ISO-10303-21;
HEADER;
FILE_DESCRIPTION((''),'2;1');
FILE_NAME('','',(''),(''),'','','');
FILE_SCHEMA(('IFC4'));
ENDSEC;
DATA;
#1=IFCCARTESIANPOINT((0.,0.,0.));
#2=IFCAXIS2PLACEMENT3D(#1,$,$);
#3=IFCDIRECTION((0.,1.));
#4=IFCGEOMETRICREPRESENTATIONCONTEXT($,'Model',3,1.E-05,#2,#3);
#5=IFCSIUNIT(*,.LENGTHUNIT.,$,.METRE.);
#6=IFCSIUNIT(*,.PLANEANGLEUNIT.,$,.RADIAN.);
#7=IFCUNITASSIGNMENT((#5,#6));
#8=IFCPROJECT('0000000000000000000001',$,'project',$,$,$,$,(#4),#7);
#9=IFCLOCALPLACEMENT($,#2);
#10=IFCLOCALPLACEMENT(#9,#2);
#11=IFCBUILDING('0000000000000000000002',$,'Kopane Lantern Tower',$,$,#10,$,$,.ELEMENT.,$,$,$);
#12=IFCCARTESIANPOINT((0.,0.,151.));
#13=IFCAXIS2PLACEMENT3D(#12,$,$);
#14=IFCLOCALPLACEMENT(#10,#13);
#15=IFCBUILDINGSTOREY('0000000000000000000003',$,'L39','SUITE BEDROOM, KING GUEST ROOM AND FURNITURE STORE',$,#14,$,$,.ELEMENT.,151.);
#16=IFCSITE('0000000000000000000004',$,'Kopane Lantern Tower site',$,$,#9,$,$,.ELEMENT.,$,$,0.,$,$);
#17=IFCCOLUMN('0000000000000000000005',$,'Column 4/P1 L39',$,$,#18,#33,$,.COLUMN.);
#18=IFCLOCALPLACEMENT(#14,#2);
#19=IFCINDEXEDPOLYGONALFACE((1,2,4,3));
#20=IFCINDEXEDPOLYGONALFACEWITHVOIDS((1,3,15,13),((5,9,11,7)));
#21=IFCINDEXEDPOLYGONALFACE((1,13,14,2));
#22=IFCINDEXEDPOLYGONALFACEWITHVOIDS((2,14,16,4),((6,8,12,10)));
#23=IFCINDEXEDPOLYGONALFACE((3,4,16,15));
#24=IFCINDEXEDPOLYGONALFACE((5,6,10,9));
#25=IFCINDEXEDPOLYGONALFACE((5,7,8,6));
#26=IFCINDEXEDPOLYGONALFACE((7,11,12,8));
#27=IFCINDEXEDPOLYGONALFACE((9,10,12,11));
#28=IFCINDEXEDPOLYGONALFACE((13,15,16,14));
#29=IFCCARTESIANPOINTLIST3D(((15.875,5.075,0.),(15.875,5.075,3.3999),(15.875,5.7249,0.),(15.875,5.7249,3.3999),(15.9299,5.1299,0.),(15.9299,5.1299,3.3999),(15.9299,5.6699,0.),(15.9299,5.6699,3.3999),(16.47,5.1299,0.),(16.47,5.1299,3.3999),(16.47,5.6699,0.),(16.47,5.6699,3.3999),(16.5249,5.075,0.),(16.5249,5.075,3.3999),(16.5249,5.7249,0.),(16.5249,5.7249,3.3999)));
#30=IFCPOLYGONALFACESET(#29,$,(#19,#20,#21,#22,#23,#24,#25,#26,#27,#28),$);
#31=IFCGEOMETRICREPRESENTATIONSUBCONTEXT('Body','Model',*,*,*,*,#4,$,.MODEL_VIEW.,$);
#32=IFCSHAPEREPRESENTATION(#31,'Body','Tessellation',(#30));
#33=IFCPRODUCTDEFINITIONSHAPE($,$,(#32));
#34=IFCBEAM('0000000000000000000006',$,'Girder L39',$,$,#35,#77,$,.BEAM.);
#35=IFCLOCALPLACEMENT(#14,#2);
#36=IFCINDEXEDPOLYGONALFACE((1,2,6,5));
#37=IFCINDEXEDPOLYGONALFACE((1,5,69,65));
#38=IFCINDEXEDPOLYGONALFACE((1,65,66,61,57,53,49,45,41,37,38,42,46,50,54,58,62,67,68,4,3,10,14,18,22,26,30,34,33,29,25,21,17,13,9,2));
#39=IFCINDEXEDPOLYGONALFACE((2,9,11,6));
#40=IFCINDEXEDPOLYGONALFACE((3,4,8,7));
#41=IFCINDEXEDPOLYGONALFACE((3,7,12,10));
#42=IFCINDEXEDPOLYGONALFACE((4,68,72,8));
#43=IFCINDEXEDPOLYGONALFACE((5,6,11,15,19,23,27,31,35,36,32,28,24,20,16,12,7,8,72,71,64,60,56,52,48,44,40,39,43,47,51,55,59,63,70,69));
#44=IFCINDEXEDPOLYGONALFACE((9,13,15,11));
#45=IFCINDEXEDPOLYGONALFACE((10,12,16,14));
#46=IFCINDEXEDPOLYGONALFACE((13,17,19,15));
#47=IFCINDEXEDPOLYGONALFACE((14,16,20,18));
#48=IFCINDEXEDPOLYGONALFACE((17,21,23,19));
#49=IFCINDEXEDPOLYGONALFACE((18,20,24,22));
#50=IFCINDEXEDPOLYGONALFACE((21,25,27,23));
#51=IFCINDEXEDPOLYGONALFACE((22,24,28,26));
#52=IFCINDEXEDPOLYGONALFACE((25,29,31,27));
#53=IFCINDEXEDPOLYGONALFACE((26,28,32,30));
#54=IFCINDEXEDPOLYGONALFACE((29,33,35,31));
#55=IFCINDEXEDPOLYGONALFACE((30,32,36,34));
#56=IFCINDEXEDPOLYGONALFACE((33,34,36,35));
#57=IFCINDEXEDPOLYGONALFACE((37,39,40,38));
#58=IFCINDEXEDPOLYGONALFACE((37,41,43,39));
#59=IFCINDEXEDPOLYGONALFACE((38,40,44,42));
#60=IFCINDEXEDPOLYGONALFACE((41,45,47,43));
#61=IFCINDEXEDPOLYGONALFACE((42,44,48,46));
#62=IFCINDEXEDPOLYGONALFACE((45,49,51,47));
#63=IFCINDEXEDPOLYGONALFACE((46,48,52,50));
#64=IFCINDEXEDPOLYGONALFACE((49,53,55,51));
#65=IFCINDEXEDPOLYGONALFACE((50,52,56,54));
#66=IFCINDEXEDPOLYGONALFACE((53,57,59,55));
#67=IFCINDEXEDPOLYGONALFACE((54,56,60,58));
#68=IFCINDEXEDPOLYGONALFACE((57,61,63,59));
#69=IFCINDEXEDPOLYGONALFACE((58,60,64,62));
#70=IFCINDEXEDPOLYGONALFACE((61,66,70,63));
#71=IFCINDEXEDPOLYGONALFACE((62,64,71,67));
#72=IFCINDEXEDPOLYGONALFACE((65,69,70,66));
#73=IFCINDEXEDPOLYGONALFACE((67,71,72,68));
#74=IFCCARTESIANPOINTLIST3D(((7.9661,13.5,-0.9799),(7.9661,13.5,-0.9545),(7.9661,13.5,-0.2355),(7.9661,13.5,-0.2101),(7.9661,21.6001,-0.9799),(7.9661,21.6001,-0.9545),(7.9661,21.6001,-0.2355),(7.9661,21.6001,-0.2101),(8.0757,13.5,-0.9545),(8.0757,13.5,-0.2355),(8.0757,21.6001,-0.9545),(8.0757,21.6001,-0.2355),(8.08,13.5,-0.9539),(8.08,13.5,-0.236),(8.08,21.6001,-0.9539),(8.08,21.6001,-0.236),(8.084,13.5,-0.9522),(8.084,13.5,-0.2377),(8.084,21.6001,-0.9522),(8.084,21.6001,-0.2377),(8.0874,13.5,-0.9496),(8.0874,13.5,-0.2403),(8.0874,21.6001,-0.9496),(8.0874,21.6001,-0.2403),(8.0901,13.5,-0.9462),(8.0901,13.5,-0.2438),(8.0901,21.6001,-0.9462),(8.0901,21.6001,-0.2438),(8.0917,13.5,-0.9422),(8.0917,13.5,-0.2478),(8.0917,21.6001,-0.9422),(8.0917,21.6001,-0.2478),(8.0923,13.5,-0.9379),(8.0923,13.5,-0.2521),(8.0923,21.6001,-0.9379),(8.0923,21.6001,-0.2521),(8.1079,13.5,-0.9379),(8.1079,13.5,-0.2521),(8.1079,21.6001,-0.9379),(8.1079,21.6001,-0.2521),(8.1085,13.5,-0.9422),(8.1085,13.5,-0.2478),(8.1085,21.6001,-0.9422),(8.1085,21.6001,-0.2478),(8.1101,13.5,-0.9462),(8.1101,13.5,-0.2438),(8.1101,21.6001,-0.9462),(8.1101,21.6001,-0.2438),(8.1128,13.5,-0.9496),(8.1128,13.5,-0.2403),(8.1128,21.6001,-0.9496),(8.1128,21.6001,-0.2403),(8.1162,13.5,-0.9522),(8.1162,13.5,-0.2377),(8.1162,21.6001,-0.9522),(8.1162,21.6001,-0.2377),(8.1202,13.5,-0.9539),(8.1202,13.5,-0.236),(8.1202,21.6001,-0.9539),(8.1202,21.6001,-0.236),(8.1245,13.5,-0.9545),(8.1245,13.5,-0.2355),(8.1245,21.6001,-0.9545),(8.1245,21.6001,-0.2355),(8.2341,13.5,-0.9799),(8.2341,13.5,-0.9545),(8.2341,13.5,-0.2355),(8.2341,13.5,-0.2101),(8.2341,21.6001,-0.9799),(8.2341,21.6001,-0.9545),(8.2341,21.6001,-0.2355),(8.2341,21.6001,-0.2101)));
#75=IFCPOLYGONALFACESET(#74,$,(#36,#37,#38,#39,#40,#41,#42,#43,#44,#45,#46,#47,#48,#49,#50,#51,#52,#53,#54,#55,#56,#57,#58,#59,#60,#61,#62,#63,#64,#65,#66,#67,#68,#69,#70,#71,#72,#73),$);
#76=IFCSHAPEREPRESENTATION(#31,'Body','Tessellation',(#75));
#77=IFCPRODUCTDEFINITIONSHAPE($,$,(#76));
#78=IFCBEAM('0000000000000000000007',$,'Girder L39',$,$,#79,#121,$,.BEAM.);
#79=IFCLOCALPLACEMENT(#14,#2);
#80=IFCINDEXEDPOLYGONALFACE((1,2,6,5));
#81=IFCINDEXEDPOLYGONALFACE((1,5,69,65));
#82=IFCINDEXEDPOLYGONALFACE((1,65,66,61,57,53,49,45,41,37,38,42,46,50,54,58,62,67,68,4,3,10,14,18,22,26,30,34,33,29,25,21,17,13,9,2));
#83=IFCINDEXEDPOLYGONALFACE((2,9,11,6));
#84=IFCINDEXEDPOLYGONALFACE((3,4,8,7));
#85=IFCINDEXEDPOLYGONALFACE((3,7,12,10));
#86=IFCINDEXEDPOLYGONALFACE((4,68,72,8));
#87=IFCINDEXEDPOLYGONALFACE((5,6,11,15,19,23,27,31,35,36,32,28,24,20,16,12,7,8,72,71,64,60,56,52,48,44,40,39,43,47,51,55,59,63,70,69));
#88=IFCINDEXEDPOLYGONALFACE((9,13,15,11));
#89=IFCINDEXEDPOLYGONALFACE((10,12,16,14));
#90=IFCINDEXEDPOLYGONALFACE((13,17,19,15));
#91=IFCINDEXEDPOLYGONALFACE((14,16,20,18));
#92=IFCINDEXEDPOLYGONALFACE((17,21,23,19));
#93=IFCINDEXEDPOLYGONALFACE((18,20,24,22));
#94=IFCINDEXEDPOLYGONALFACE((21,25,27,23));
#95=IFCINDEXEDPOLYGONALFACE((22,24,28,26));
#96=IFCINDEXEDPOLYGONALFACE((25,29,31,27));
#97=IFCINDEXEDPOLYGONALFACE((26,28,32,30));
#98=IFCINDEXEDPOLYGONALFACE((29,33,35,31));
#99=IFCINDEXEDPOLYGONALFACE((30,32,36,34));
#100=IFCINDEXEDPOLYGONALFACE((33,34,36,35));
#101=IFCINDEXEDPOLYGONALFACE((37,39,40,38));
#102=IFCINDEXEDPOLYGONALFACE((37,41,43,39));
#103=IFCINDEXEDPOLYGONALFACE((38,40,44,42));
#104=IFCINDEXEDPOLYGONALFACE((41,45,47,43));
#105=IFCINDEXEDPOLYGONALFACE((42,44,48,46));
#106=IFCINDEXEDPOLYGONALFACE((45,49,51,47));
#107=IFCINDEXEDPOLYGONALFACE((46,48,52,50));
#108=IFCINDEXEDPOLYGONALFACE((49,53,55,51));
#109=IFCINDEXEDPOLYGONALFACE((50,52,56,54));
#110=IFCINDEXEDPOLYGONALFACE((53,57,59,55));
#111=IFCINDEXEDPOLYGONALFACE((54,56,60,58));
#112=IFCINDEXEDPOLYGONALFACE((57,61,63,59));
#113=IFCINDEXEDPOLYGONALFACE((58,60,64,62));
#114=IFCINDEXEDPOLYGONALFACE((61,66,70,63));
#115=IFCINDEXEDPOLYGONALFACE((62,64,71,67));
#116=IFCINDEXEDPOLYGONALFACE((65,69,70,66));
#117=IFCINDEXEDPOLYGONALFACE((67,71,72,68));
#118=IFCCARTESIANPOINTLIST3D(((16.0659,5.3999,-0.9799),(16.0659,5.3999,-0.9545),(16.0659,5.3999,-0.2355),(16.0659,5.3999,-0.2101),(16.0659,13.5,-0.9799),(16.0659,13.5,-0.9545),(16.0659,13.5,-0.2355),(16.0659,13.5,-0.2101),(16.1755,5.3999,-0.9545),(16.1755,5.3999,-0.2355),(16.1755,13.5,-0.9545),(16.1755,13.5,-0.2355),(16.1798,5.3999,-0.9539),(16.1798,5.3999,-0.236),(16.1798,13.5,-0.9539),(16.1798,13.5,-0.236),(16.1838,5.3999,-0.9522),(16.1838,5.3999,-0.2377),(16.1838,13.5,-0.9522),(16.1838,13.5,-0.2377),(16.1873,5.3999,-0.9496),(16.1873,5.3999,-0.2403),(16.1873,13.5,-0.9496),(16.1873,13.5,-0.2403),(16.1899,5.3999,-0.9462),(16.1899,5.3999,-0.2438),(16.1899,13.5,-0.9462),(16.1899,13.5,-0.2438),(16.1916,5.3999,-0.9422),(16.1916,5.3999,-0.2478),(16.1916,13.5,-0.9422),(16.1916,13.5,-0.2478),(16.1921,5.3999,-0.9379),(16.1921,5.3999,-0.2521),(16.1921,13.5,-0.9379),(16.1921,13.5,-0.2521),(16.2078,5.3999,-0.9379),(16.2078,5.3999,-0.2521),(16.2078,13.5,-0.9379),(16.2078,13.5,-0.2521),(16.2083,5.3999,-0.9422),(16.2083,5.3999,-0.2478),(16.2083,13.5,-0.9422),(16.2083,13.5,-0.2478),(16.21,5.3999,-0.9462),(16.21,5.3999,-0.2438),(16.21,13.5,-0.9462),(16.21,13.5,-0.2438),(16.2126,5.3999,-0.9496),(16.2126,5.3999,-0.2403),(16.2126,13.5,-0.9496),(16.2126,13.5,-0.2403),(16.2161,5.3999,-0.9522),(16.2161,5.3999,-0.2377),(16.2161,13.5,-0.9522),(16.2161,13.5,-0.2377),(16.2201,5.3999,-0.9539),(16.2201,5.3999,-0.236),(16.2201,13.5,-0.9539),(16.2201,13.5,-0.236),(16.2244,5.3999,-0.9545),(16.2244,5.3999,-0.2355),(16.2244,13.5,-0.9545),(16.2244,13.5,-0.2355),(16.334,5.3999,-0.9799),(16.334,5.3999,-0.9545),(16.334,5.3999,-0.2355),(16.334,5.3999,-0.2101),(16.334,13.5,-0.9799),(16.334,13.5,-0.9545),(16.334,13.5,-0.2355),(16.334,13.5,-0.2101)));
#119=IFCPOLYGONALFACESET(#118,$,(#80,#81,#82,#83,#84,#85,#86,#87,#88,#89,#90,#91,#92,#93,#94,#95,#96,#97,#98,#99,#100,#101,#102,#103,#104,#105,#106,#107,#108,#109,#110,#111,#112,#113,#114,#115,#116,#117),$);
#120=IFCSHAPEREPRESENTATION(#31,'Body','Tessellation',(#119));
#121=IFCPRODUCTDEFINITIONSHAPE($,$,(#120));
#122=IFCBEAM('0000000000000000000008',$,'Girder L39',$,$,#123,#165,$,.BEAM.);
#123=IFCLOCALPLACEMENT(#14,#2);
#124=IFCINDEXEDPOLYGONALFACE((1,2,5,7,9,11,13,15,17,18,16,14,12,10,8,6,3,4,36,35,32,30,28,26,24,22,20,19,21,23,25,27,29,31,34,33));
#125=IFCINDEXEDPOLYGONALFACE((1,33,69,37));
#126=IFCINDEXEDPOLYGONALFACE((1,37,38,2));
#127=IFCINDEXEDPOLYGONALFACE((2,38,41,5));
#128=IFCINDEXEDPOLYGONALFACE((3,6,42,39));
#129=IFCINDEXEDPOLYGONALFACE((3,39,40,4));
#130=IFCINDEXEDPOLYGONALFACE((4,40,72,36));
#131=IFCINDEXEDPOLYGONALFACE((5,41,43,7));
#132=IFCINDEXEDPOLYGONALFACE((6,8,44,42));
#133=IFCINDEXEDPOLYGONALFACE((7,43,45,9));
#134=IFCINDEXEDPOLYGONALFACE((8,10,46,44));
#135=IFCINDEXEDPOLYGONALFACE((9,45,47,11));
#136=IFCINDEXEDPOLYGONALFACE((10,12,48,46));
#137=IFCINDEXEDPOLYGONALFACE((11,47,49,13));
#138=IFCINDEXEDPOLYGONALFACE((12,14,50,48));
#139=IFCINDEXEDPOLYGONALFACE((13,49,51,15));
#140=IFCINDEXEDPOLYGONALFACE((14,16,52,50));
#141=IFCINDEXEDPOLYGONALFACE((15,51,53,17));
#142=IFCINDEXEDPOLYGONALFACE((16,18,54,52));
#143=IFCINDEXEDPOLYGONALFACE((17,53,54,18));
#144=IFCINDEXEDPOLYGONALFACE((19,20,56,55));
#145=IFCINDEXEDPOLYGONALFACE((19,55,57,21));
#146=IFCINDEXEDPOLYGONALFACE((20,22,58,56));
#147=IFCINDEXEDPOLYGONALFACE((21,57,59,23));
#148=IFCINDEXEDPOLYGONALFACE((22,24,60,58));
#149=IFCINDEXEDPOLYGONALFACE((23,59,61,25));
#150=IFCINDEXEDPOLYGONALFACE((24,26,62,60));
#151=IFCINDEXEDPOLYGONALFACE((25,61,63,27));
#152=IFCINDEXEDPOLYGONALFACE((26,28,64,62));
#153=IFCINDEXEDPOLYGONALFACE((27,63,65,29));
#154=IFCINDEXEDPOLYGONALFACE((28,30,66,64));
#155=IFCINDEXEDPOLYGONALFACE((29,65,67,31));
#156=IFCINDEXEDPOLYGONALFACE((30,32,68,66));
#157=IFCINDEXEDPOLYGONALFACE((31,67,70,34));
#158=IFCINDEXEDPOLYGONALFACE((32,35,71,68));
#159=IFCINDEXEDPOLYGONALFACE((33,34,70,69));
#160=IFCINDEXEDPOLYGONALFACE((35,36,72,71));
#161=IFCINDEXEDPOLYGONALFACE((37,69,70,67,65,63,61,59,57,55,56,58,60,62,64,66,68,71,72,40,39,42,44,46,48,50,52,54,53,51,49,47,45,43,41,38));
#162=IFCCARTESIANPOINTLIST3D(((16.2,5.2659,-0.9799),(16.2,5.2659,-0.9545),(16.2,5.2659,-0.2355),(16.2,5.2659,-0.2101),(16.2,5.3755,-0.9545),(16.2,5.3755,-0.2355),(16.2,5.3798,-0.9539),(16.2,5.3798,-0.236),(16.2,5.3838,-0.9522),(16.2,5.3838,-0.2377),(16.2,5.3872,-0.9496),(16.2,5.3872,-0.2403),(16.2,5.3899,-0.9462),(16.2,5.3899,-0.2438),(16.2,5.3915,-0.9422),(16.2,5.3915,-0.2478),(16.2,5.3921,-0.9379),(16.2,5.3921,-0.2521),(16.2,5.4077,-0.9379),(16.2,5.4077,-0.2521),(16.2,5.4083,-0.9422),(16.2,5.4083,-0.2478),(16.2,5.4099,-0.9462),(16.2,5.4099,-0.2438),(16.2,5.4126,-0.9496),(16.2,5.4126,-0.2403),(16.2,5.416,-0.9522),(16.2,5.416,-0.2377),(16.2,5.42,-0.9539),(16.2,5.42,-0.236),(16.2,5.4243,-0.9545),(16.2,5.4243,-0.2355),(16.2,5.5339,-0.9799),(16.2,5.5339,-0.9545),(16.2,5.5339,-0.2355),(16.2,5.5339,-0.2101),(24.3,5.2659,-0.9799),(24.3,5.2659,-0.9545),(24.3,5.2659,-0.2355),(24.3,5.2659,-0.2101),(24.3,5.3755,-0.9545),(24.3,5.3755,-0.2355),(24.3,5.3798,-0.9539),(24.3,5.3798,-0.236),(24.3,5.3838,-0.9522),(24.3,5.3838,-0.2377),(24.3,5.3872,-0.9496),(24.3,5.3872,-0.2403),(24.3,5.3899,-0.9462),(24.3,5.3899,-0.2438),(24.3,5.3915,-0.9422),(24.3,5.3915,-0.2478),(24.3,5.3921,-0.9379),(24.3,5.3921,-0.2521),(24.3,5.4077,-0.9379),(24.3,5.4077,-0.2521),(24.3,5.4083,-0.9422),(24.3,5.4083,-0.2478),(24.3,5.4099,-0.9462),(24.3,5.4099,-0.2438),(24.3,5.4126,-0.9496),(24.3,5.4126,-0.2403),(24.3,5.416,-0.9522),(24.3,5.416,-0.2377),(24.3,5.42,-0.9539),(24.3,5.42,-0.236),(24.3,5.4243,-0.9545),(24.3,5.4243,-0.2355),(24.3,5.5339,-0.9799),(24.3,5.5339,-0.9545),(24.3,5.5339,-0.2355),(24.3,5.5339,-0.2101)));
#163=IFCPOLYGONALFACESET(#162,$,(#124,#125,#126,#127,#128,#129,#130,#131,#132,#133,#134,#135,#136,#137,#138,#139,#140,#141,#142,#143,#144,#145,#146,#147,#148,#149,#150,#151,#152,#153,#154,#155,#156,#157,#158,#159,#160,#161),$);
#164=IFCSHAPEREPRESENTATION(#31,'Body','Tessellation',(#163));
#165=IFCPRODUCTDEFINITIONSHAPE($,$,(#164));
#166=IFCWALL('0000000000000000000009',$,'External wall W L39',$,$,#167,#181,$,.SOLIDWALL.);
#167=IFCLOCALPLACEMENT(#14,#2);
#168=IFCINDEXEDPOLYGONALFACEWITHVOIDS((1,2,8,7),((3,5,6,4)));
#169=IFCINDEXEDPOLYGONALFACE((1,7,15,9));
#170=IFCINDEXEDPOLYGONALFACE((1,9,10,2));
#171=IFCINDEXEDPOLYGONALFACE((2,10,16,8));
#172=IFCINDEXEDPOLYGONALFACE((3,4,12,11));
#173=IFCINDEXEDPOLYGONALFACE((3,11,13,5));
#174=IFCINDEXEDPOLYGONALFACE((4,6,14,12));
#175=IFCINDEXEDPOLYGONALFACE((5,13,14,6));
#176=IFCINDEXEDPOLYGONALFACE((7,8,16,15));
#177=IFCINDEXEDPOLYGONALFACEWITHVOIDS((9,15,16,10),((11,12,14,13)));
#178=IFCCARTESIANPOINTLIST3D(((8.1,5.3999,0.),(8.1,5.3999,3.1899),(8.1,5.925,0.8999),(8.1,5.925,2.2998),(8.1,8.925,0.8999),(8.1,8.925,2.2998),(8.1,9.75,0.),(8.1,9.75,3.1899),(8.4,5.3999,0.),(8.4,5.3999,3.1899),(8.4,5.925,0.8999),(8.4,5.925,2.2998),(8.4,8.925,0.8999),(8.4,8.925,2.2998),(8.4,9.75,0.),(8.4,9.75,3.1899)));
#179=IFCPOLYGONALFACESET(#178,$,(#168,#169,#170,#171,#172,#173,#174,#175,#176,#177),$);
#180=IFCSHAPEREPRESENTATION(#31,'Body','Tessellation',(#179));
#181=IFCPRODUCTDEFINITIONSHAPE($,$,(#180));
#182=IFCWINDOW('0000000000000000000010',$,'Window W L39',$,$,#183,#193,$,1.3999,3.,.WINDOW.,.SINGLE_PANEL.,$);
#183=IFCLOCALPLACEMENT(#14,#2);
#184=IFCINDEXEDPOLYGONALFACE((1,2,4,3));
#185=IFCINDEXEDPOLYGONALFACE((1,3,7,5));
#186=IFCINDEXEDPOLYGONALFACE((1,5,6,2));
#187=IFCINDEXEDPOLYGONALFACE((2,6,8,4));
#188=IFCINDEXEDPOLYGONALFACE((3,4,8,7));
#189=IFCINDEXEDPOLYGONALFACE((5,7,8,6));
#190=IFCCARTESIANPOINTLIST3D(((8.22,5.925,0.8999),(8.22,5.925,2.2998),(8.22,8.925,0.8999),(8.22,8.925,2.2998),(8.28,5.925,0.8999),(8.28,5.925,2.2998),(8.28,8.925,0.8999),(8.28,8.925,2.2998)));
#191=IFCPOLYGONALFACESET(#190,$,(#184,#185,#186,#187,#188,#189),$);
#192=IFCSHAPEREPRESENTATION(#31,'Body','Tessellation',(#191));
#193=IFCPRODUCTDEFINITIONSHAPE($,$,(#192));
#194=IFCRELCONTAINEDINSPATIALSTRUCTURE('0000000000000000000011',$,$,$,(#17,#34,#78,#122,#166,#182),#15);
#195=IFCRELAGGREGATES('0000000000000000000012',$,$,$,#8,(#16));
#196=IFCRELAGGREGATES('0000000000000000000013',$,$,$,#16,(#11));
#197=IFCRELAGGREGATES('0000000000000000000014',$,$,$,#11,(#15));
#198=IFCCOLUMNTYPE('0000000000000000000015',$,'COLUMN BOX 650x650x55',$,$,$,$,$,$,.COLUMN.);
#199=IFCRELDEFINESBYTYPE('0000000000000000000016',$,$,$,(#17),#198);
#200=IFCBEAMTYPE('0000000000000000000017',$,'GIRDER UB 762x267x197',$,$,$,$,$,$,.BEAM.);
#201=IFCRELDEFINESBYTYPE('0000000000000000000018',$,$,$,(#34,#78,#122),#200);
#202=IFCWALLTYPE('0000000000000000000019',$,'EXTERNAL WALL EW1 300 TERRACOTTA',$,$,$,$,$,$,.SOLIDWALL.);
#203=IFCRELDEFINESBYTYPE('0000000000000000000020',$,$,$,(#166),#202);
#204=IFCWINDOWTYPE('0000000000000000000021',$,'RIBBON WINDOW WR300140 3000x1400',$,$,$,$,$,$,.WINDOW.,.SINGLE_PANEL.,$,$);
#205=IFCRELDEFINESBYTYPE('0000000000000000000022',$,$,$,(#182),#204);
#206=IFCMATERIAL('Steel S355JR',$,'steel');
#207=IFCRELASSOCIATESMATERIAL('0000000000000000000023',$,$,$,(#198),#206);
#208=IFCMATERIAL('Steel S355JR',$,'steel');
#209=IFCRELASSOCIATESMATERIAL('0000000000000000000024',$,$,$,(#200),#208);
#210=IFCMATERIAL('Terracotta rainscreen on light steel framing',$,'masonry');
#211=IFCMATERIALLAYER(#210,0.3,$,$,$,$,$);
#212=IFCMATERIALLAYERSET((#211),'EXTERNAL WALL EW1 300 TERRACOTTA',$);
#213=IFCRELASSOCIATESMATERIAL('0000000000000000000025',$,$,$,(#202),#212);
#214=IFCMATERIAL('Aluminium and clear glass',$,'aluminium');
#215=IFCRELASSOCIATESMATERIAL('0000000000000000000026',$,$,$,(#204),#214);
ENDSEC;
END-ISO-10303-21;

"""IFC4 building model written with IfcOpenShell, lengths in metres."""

from ifc_helpers import new_model, si_unit, direction, frame, frame_2d, origin, origin_2d, place, context, subcontext, project, spatial, rectangle, hollow_rectangle, i_section, extrude, material, layer, layer_set, material_profile, profile_set, type_object, element, fill, save


model = new_model("IFC4")

# Units and contexts
model_context = context("Model", 3, precision=1e-05, world=origin(), true_north=direction((0.0, 1.0)))
body_context = subcontext(model_context, "Body", "Model", "MODEL_VIEW")
ifc_project = project(units=[si_unit("LENGTHUNIT", "METRE"), si_unit("PLANEANGLEUNIT", "RADIAN")], contexts=[model_context])

# Site, building, storey
site_placement = place(None, origin())
site = spatial("IfcSite", under=ifc_project, at=site_placement, Name="Kopane Lantern Tower site", CompositionType="ELEMENT", RefElevation=0.0)
building_placement = place(site_placement, origin())
building = spatial("IfcBuilding", under=site, at=building_placement, Name="Kopane Lantern Tower", CompositionType="ELEMENT")
storey_placement = place(building_placement, frame((0.0, 0.0, 151.0)))
storey = spatial("IfcBuildingStorey", under=building, at=storey_placement, Name="L39", Description="SUITE BEDROOM, KING GUEST ROOM AND FURNITURE STORE", CompositionType="ELEMENT", Elevation=151.0)

# Column
ifc_material_1 = material(Name="Steel S355JR", Category="steel")
ifc_material_profile_1 = material_profile(ifc_material_1, hollow_rectangle(XDim=0.6499, YDim=0.6499, WallThickness=0.0549, at=origin_2d()), Name="BOX 650x650x55")
ifc_profile_set_1 = profile_set([ifc_material_profile_1], Name="Steel S355JR")
column_type = type_object("IfcColumnType", Name="COLUMN BOX 650x650x55", PredefinedType="COLUMN", material=ifc_profile_set_1)
column_placement = place(storey_placement, frame((16.2, 5.3999, 0.0), z_axis=(0.0, 0.0, 1.0), x_axis=(1.0, 0.0, 0.0)))
element("IfcColumn", 1, at=column_placement, inside=storey, type_object=column_type, Name="Column 4/P1 L39", PredefinedType="COLUMN", context=body_context, shape_type="SweptSolid", body=[
    extrude(hollow_rectangle(XDim=0.6499, YDim=0.6499, WallThickness=0.0549, at=origin_2d()), origin(), (0.0, 0.0, 1.0), 3.3999),
])

# Beams
ifc_material_2 = material(Name="Steel S355JR", Category="steel")
ifc_material_profile_2 = material_profile(ifc_material_2, i_section(OverallWidth=0.2681, OverallDepth=0.7698, WebThickness=0.0156, FlangeThickness=0.0254, FilletRadius=0.0166, at=origin_2d()), Name="UB 762x267x197")
ifc_profile_set_2 = profile_set([ifc_material_profile_2], Name="Steel S355JR")
beam_type = type_object("IfcBeamType", Name="GIRDER UB 762x267x197", PredefinedType="BEAM", material=ifc_profile_set_2)
for number, where, z_axis, x_axis, name in (
    (2, (8.1001, 13.5, -0.595), (0.0, 1.0, 0.0), (-1.0, 0.0, 0.0), "Girder L39"),
    (3, (16.2, 5.3999, -0.595), (0.0, 1.0, 0.0), (-1.0, 0.0, 0.0), "Girder L39"),
    (4, (16.2, 5.3999, -0.595), (1.0, 0.0, 0.0), (0.0, 1.0, 0.0), "Girder L39"),
):
    element("IfcBeam", number, at=place(storey_placement, frame(where, z_axis=z_axis, x_axis=x_axis)), inside=storey, type_object=beam_type, Name=name, PredefinedType="BEAM", context=body_context, shape_type="SweptSolid", body=[
        extrude(i_section(OverallWidth=0.2681, OverallDepth=0.7698, WebThickness=0.0156, FlangeThickness=0.0254, FilletRadius=0.0166, at=origin_2d()), origin(), (0.0, 0.0, 1.0), 8.1001),
    ])

# Shared definitions
ifc_material_3 = material(Name="Terracotta rainscreen on light steel framing", Category="masonry")
ifc_layer = layer(ifc_material_3, 0.3)
ifc_layer_set = layer_set([ifc_layer], Name="EXTERNAL WALL EW1 300 TERRACOTTA")
wall_type = type_object("IfcWallType", Name="EXTERNAL WALL EW1 300 TERRACOTTA", PredefinedType="SOLIDWALL", material=ifc_layer_set)
ifc_material_4 = material(Name="Aluminium and clear glass", Category="aluminium")
window_type = type_object("IfcWindowType", Name="RIBBON WINDOW WR300140 3000x1400", PartitioningType="SINGLE_PANEL", PredefinedType="WINDOW", material=ifc_material_4)

# Wall, opening, window
wall_1_placement = place(storey_placement, frame((8.25, 9.75, 0.0), z_axis=(0.0, 0.0, 1.0), x_axis=(0.0, -1.0, 0.0)))
wall_1 = element("IfcWall", 5, at=wall_1_placement, inside=storey, type_object=wall_type, Name="External wall W L39", PredefinedType="SOLIDWALL", context=body_context, shape_type="SweptSolid", body=[
    extrude(rectangle(XDim=4.3501, YDim=0.3, at=frame_2d((2.175, 0.0))), origin(), (0.0, 0.0, 1.0), 3.1899),
])
opening_1_placement = place(wall_1_placement, frame((0.825, 0.0, 0.8999)))
opening_1 = element("IfcOpeningElement", 6, at=opening_1_placement, cuts=wall_1, PredefinedType="OPENING", context=body_context, shape_type="SweptSolid", body=[
    extrude(rectangle(XDim=3.0, YDim=1.3999, at=frame_2d((1.5, 0.7))), frame((0.0, 0.1599, 0.0), z_axis=(0.0, -1.0, 0.0), x_axis=(1.0, 0.0, 0.0)), (0.0, 0.0, 1.0), 0.3201),
])
window_1_placement = place(opening_1_placement, origin())
window_1 = element("IfcWindow", 7, at=window_1_placement, inside=storey, type_object=window_type, Name="Window W L39", OverallHeight=1.3999, OverallWidth=3.0, PartitioningType="SINGLE_PANEL", PredefinedType="WINDOW", context=body_context, shape_type="SweptSolid", body=[
    extrude(rectangle(XDim=3.0, YDim=1.3999, at=frame_2d((1.5, 0.7))), frame((0.0, 0.03, 0.0), z_axis=(0.0, -1.0, 0.0), x_axis=(1.0, 0.0, 0.0)), (0.0, 0.0, 1.0), 0.0601),
])
fill(opening_1, window_1)

save(model, "model.ifc")
